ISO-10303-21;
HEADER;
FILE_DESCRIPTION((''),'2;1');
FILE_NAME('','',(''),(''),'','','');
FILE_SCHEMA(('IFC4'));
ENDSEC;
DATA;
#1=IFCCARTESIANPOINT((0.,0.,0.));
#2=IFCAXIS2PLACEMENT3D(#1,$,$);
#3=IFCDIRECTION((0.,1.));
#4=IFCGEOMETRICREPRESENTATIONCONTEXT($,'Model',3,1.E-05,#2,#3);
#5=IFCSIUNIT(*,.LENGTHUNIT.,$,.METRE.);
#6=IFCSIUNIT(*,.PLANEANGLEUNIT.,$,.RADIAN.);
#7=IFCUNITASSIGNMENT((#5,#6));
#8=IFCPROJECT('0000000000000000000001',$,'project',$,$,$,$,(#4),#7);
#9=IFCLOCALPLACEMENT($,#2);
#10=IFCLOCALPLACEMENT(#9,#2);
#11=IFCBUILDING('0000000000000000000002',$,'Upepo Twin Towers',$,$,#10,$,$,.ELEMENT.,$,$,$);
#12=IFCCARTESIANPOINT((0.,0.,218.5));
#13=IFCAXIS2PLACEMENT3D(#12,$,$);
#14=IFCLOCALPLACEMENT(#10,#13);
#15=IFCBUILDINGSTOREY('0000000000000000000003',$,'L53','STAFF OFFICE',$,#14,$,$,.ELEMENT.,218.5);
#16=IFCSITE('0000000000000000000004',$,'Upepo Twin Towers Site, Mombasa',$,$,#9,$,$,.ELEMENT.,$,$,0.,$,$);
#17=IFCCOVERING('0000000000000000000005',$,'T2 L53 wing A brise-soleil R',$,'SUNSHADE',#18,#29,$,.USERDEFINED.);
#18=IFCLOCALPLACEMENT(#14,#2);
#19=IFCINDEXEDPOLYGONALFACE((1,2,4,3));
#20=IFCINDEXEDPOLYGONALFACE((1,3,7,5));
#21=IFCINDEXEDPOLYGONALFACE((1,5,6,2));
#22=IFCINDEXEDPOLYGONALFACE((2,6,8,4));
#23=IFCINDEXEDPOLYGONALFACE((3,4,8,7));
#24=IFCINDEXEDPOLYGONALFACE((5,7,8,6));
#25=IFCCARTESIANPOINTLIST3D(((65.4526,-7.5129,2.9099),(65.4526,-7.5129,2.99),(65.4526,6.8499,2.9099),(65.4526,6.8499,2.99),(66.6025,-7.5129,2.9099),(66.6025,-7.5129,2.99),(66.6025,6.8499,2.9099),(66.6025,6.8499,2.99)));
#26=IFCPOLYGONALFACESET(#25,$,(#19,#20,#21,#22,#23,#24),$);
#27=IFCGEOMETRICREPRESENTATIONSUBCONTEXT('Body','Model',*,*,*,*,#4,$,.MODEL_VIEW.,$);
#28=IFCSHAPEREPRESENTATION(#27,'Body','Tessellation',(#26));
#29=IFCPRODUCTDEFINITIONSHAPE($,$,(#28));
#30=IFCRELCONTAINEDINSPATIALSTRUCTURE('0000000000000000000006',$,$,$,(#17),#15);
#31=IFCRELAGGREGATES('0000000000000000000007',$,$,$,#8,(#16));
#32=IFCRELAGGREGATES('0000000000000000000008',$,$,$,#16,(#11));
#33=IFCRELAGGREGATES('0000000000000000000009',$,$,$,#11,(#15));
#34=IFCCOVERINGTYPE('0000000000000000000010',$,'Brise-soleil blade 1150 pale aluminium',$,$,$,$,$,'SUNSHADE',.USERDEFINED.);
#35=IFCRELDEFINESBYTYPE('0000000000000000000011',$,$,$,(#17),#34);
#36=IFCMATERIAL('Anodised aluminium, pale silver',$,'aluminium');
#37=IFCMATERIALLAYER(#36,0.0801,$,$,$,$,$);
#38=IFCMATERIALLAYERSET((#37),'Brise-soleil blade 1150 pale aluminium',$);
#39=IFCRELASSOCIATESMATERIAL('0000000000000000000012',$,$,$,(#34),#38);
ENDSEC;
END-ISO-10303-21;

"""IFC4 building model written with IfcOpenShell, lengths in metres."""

from ifc_helpers import new_model, si_unit, direction, frame, origin, origin_2d, place, context, subcontext, project, spatial, rectangle, extrude, material, layer, layer_set, type_object, element, save


model = new_model("IFC4")

# Units and contexts
model_context = context("Model", 3, precision=1e-05, world=origin(), true_north=direction((0.0, 1.0)))
body_context = subcontext(model_context, "Body", "Model", "MODEL_VIEW")
ifc_project = project(units=[si_unit("LENGTHUNIT", "METRE"), si_unit("PLANEANGLEUNIT", "RADIAN")], contexts=[model_context])

# Site, building, storey
site_placement = place(None, origin())
site = spatial("IfcSite", under=ifc_project, at=site_placement, Name="Upepo Twin Towers Site, Mombasa", CompositionType="ELEMENT", RefElevation=0.0)
building_placement = place(site_placement, origin())
building = spatial("IfcBuilding", under=site, at=building_placement, Name="Upepo Twin Towers", CompositionType="ELEMENT")
storey_placement = place(building_placement, frame((0.0, 0.0, 218.5)))
storey = spatial("IfcBuildingStorey", under=building, at=storey_placement, Name="L53", Description="STAFF OFFICE", CompositionType="ELEMENT", Elevation=218.5)

# Covering
ifc_material_1 = material(Name="Anodised aluminium, pale silver", Category="aluminium")
ifc_layer_1 = layer(ifc_material_1, 0.0801)
ifc_layer_set_1 = layer_set([ifc_layer_1], Name="Brise-soleil blade 1150 pale aluminium")
covering_type = type_object("IfcCoveringType", Name="Brise-soleil blade 1150 pale aluminium", ElementType="SUNSHADE", PredefinedType="USERDEFINED", material=ifc_layer_set_1)
covering_placement = place(storey_placement, frame((66.0276, -0.3315, 2.9099), z_axis=(0.0, 0.0, 1.0), x_axis=(0.0, 1.0, 0.0)))
element("IfcCovering", 1, at=covering_placement, inside=storey, type_object=covering_type, Name="T2 L53 wing A brise-soleil R", ObjectType="SUNSHADE", PredefinedType="USERDEFINED", context=body_context, shape_type="SweptSolid", body=[
    extrude(rectangle(XDim=14.3628, YDim=1.1499, at=origin_2d()), origin(), (0.0, 0.0, 1.0), 0.0801),
])

save(model, "model.ifc")
